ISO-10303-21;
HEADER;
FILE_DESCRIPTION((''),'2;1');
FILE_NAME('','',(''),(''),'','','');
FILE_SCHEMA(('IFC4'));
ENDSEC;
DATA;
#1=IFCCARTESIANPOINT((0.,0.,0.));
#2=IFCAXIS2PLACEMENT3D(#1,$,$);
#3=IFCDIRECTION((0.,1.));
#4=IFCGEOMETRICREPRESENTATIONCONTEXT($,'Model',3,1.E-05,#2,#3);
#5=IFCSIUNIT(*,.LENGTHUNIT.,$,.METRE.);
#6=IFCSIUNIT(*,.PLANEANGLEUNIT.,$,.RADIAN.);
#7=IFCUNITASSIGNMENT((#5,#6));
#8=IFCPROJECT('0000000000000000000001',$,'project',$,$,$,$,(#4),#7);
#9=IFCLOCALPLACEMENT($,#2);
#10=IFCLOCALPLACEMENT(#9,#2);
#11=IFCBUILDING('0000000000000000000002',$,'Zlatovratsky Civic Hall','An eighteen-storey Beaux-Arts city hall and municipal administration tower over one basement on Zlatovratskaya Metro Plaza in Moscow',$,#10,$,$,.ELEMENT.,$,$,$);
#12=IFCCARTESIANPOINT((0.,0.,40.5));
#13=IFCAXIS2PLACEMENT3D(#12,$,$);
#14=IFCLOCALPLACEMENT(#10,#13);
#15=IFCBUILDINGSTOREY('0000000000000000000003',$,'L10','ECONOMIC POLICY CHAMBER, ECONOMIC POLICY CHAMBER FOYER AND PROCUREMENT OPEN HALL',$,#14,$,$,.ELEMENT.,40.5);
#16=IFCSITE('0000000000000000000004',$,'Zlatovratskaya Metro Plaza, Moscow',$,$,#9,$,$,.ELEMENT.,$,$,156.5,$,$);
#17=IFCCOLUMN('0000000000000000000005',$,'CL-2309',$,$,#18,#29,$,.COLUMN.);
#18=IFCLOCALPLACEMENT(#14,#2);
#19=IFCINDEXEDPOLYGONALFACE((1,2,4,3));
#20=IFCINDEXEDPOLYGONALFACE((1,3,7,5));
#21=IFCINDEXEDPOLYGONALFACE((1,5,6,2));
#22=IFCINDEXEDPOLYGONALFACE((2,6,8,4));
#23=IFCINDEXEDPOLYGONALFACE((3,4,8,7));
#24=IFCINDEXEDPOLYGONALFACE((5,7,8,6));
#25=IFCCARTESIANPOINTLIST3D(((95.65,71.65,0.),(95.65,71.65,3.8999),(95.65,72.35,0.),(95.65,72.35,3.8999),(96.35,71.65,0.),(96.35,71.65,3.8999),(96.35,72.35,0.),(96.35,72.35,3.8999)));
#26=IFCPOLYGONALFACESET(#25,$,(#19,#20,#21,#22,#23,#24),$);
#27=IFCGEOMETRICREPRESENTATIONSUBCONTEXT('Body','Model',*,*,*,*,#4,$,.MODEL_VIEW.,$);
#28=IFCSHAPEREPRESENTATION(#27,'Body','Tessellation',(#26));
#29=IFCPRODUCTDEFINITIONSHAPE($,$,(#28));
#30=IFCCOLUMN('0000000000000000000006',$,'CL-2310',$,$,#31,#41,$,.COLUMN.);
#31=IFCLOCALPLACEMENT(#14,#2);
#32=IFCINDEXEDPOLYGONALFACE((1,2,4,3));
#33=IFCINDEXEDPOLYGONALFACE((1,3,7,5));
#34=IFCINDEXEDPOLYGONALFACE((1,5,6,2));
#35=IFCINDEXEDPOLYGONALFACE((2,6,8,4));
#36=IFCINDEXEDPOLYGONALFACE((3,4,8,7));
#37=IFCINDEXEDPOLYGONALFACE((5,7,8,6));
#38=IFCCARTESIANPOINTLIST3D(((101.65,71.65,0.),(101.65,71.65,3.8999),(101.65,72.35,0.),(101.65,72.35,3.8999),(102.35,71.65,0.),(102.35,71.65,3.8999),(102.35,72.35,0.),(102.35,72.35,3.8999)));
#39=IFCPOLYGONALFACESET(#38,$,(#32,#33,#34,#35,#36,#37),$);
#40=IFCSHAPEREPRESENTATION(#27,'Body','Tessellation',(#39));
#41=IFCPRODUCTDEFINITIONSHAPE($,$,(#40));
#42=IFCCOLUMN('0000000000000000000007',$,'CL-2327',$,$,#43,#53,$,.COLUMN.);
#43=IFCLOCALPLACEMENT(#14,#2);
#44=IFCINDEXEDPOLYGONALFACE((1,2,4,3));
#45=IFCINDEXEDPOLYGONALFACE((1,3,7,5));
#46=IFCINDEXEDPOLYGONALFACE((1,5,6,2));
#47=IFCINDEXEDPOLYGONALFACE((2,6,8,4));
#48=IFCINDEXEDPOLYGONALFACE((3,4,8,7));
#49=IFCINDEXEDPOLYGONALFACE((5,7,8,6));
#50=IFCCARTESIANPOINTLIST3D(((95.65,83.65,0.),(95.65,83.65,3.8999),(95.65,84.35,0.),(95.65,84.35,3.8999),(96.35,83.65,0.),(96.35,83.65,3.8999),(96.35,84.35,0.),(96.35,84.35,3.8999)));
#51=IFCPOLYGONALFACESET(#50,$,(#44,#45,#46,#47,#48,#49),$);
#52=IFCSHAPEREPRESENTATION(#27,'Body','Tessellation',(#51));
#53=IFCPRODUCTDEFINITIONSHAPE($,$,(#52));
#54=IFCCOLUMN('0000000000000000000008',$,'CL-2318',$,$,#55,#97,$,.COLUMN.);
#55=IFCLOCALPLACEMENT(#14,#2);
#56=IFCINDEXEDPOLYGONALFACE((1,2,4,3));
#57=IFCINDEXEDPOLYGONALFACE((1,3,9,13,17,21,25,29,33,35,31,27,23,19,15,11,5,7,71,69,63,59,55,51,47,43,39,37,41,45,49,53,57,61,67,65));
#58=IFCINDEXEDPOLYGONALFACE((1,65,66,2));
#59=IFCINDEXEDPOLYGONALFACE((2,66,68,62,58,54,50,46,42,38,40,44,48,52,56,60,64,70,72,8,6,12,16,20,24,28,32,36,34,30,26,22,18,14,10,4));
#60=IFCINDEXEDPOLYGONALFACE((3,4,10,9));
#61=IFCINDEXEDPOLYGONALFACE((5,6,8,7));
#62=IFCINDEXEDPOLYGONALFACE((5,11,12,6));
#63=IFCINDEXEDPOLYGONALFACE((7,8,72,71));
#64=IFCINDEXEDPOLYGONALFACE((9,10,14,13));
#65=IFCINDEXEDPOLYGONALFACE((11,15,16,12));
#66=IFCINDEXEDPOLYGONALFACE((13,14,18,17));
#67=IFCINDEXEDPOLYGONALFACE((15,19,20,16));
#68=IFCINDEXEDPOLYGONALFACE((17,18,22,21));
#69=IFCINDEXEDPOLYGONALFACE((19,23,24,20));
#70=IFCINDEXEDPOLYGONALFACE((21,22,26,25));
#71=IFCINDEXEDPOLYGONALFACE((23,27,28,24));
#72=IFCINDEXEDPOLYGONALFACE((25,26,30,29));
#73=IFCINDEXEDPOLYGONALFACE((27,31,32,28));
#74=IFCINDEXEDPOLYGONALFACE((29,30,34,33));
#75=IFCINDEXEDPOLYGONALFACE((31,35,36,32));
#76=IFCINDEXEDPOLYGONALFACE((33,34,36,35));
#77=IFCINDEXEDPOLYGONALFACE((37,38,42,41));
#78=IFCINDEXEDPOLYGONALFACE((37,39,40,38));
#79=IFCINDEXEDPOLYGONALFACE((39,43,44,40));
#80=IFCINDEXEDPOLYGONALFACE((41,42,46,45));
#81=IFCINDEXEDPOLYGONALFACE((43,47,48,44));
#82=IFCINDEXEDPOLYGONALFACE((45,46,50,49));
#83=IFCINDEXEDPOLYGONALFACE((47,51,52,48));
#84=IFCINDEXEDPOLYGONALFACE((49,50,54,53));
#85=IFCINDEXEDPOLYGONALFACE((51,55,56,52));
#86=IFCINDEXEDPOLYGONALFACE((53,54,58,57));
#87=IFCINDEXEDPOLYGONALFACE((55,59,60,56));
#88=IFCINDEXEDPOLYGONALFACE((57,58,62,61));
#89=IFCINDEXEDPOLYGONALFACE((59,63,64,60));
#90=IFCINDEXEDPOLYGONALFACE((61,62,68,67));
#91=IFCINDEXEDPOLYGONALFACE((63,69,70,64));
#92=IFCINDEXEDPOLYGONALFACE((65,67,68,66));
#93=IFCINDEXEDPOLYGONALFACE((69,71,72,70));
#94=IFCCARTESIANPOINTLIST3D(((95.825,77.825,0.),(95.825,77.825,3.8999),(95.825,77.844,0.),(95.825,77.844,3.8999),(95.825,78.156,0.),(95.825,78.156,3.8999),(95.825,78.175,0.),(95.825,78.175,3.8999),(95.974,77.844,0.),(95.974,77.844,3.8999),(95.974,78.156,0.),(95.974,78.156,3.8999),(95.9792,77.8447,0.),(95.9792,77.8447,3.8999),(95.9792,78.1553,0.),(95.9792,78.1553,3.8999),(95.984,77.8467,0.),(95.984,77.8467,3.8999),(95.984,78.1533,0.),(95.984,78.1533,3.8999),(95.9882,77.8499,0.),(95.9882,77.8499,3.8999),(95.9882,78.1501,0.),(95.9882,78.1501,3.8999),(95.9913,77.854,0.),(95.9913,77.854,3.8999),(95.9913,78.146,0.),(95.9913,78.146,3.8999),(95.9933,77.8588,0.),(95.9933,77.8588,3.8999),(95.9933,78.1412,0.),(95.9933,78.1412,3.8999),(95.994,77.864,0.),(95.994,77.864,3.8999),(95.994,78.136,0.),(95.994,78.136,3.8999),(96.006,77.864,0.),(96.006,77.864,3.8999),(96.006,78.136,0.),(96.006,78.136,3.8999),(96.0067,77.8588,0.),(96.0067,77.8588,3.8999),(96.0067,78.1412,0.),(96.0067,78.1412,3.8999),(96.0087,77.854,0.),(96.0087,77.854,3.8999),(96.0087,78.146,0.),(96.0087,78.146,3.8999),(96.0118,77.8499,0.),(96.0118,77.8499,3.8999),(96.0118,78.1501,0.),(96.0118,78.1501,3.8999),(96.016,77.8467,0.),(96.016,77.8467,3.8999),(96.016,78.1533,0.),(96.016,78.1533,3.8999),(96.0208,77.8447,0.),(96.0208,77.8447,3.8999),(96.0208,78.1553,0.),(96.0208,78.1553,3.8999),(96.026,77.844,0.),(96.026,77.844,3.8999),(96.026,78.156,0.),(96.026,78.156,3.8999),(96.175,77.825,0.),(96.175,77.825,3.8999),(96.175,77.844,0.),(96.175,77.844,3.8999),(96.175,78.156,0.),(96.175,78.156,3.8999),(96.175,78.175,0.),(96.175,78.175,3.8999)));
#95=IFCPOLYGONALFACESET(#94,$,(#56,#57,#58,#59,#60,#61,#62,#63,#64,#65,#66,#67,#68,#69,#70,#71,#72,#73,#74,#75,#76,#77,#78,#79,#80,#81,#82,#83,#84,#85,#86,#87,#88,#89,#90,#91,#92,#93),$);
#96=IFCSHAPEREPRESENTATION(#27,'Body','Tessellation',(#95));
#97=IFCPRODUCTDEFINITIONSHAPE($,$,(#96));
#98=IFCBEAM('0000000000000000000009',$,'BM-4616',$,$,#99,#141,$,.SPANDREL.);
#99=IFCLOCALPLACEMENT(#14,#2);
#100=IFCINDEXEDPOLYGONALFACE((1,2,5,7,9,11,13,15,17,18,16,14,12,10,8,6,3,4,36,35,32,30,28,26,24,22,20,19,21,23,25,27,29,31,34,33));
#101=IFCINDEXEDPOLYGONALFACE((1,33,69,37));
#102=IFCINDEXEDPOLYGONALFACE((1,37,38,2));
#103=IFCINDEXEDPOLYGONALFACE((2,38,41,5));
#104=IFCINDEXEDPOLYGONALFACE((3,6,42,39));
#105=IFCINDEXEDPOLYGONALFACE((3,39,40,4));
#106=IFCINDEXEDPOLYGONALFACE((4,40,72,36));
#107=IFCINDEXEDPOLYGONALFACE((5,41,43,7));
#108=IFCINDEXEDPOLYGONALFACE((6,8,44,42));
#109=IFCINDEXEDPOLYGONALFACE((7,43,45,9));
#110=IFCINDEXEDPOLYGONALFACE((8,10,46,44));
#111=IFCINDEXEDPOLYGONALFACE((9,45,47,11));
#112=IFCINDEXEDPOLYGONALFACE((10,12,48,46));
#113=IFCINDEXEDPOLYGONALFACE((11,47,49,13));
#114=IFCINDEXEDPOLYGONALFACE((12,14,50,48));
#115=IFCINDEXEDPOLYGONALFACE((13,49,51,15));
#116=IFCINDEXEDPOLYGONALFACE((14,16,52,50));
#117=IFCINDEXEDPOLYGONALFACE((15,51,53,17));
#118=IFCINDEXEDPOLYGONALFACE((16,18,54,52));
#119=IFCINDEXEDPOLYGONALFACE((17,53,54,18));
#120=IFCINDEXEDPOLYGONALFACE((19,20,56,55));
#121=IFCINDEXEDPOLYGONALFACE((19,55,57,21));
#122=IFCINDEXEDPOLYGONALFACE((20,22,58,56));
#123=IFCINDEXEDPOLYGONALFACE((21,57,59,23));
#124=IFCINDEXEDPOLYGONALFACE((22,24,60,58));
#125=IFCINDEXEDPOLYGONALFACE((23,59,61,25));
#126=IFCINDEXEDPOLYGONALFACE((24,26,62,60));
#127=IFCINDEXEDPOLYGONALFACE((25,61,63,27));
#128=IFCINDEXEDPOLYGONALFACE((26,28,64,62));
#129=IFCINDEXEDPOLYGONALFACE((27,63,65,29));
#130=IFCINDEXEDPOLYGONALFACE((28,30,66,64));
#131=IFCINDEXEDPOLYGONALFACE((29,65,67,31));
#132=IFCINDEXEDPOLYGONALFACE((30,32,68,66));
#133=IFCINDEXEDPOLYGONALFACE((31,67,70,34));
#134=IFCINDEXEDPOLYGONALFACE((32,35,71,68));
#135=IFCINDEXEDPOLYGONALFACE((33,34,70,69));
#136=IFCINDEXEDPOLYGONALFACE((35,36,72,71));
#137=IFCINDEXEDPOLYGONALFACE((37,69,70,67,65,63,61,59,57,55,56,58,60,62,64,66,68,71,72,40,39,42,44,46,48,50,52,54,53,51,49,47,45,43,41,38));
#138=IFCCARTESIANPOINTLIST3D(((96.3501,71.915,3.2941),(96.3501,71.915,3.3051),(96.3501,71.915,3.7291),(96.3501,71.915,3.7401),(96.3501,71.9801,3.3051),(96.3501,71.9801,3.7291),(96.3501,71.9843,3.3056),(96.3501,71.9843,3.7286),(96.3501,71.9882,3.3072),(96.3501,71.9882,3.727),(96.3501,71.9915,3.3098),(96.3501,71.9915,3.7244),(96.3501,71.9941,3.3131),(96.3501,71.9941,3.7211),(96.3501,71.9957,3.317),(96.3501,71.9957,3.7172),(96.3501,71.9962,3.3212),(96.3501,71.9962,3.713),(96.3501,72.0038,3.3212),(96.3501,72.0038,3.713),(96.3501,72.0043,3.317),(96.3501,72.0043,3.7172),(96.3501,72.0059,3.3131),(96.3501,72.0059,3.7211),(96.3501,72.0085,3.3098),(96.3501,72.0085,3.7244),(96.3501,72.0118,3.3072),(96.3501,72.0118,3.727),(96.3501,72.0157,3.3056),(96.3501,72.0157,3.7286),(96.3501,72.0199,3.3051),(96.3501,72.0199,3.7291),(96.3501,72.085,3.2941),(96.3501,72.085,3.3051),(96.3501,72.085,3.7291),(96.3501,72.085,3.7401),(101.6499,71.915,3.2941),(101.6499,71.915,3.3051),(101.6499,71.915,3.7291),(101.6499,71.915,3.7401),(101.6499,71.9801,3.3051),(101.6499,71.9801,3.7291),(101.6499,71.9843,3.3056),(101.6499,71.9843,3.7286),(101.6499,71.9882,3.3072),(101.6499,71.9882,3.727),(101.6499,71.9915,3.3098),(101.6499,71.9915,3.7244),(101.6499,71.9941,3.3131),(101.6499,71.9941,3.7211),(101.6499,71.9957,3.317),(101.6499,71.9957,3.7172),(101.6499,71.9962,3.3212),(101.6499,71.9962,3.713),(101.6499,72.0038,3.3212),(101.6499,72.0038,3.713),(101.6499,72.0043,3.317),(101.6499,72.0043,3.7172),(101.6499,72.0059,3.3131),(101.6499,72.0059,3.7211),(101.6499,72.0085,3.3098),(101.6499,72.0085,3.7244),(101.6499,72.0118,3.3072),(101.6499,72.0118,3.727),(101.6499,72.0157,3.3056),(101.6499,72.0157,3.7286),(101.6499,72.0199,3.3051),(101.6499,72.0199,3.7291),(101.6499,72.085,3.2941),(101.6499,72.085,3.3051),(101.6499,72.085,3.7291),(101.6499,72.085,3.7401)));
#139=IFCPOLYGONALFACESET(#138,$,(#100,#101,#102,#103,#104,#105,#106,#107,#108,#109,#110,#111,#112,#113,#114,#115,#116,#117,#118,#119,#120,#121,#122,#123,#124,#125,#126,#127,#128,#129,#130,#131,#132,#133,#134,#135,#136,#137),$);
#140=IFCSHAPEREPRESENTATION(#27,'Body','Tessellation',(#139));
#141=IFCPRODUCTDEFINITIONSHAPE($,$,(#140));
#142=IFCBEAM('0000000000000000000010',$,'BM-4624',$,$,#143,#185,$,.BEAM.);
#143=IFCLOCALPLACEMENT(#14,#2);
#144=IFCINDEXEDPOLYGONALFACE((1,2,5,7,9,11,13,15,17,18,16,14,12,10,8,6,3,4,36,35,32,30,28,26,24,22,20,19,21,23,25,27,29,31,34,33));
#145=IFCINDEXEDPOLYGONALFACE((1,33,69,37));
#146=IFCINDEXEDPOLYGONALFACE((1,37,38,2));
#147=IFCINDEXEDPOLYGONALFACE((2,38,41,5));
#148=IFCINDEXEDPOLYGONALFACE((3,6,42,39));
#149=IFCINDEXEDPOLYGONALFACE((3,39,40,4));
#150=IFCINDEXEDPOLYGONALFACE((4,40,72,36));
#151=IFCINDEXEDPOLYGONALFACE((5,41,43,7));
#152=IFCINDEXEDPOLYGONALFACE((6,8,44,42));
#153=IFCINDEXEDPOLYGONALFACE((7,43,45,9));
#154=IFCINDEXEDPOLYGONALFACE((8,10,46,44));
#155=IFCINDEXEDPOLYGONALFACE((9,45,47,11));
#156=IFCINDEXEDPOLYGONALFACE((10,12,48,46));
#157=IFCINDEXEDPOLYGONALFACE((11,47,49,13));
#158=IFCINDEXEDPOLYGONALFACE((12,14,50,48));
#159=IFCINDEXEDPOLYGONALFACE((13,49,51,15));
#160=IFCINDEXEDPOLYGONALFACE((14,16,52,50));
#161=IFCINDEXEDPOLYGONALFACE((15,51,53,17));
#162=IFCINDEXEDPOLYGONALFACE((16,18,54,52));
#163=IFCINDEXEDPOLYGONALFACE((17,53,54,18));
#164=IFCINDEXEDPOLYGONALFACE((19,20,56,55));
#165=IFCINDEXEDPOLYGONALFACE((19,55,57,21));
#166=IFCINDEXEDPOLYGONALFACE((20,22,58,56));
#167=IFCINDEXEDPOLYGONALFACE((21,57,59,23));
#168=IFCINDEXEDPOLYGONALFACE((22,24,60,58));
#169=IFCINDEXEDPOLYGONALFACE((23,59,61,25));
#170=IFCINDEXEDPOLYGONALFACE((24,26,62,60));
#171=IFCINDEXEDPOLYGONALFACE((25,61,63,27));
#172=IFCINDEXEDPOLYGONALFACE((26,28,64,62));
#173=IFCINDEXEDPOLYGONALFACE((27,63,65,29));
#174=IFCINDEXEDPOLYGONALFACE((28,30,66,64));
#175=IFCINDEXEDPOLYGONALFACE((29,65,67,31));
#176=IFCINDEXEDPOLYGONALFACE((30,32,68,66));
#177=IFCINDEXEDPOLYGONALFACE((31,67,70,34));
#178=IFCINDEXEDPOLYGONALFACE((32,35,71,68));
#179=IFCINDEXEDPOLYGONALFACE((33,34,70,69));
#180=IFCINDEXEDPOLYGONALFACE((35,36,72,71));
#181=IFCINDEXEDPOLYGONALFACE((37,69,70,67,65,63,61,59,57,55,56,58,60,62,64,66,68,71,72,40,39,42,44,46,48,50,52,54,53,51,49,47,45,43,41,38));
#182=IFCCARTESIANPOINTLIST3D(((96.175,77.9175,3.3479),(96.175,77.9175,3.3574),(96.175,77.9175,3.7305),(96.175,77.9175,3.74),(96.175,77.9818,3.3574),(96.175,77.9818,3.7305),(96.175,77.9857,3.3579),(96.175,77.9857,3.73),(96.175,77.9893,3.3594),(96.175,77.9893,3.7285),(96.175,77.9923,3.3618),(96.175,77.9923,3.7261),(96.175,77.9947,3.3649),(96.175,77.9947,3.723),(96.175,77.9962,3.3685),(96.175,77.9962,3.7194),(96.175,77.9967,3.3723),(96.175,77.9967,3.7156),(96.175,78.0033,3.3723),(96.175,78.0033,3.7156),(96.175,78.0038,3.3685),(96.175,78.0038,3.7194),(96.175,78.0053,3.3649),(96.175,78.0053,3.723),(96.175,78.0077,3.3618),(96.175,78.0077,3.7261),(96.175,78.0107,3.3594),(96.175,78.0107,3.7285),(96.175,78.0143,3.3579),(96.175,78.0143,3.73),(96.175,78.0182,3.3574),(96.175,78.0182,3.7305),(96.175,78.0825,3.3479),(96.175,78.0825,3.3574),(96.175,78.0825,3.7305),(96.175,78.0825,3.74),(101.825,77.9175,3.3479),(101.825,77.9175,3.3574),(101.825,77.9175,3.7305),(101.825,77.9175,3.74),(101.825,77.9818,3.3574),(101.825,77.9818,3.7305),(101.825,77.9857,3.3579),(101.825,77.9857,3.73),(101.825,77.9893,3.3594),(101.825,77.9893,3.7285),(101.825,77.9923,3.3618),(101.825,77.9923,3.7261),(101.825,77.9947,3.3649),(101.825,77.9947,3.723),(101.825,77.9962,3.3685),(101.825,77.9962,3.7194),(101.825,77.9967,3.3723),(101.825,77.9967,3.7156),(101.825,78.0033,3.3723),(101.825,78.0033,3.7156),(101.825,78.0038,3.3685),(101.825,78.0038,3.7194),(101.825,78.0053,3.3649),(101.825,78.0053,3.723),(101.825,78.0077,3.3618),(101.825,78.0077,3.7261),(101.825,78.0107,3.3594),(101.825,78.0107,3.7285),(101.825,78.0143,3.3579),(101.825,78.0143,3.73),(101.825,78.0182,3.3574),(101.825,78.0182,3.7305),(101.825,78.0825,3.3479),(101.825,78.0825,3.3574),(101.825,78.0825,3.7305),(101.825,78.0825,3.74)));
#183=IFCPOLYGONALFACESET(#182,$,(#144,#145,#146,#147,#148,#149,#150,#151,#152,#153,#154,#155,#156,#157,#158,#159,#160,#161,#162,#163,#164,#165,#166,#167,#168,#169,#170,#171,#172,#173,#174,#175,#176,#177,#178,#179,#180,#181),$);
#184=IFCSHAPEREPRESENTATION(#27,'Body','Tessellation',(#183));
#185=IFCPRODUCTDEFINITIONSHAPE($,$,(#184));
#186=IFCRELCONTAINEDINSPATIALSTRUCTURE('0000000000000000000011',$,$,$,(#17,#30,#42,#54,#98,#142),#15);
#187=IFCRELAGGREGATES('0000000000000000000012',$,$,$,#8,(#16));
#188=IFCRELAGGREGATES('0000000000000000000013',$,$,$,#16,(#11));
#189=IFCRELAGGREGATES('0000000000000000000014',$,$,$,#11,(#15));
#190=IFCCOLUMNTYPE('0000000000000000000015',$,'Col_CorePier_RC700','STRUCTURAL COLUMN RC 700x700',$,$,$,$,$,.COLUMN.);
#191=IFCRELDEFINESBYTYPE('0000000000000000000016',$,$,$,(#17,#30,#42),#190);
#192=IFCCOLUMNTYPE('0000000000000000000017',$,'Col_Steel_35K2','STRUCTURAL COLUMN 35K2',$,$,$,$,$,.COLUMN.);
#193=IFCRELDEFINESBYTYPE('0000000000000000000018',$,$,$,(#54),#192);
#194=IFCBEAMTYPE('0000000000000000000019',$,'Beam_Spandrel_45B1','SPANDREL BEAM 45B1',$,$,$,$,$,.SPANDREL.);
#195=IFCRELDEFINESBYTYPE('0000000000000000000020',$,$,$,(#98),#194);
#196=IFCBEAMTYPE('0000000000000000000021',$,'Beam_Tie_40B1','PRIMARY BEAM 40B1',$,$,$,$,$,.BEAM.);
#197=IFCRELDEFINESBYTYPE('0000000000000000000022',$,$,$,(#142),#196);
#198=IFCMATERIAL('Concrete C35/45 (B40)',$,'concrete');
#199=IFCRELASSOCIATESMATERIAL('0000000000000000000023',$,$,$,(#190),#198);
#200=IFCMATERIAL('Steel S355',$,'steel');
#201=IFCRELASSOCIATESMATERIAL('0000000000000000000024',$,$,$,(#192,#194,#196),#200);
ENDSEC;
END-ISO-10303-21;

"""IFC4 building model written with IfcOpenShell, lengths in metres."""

from ifc_helpers import new_model, si_unit, direction, frame, origin, origin_2d, place, context, subcontext, project, spatial, rectangle, i_section, extrude, material, material_profile, profile_set, type_object, element, save


model = new_model("IFC4")

# Units and contexts
model_context = context("Model", 3, precision=1e-05, world=origin(), true_north=direction((0.0, 1.0)))
body_context = subcontext(model_context, "Body", "Model", "MODEL_VIEW")
ifc_project = project(units=[si_unit("LENGTHUNIT", "METRE"), si_unit("PLANEANGLEUNIT", "RADIAN")], contexts=[model_context])

# Site, building, storey
site_placement = place(None, origin())
site = spatial("IfcSite", under=ifc_project, at=site_placement, Name="Zlatovratskaya Metro Plaza, Moscow", CompositionType="ELEMENT", RefElevation=156.5)
building_placement = place(site_placement, origin())
building = spatial("IfcBuilding", under=site, at=building_placement, Name="Zlatovratsky Civic Hall", Description="An eighteen-storey Beaux-Arts city hall and municipal administration tower over one basement on Zlatovratskaya Metro Plaza in Moscow", CompositionType="ELEMENT")
storey_placement = place(building_placement, frame((0.0, 0.0, 40.5)))
storey = spatial("IfcBuildingStorey", under=building, at=storey_placement, Name="L10", Description="ECONOMIC POLICY CHAMBER, ECONOMIC POLICY CHAMBER FOYER AND PROCUREMENT OPEN HALL", CompositionType="ELEMENT", Elevation=40.5)

# Columns
ifc_material_1 = material(Name="Concrete C35/45 (B40)", Category="concrete")
ifc_material_profile_1 = material_profile(ifc_material_1, rectangle(XDim=0.7, YDim=0.7, at=origin_2d()), Name="RC 700x700")
ifc_profile_set_1 = profile_set([ifc_material_profile_1], Name="Concrete C35/45 (B40)")
column_type_1 = type_object("IfcColumnType", Name="Col_CorePier_RC700", Description="STRUCTURAL COLUMN RC 700x700", PredefinedType="COLUMN", material=ifc_profile_set_1)
for number, where, z_axis, x_axis, name in (
    (1, (96.0, 72.0, 0.0), (0.0, 0.0, 1.0), (1.0, 0.0, 0.0), "CL-2309"),
    (2, (102.0, 72.0, 0.0), (0.0, 0.0, 1.0), (1.0, 0.0, 0.0), "CL-2310"),
    (3, (96.0, 84.0, 0.0), (0.0, 0.0, 1.0), (1.0, 0.0, 0.0), "CL-2327"),
):
    element("IfcColumn", number, at=place(storey_placement, frame(where, z_axis=z_axis, x_axis=x_axis)), inside=storey, type_object=column_type_1, Name=name, PredefinedType="COLUMN", context=body_context, shape_type="SweptSolid", body=[
        extrude(rectangle(XDim=0.7, YDim=0.7, at=origin_2d()), origin(), (0.0, 0.0, 1.0), 3.8999),
    ])
ifc_material_2 = material(Name="Steel S355", Category="steel")
ifc_material_profile_2 = material_profile(ifc_material_2, i_section(OverallWidth=0.3501, OverallDepth=0.3501, WebThickness=0.012, FlangeThickness=0.019, FilletRadius=0.02, at=origin_2d()), Name="35K2")
ifc_profile_set_2 = profile_set([ifc_material_profile_2], Name="Steel S355")
column_type_2 = type_object("IfcColumnType", Name="Col_Steel_35K2", Description="STRUCTURAL COLUMN 35K2", PredefinedType="COLUMN", material=ifc_profile_set_2)
column_placement = place(storey_placement, frame((96.0, 78.0, 0.0), z_axis=(0.0, 0.0, 1.0), x_axis=(1.0, 0.0, 0.0)))
element("IfcColumn", 4, at=column_placement, inside=storey, type_object=column_type_2, Name="CL-2318", PredefinedType="COLUMN", context=body_context, shape_type="SweptSolid", body=[
    extrude(i_section(OverallWidth=0.3501, OverallDepth=0.3501, WebThickness=0.012, FlangeThickness=0.019, FilletRadius=0.02, at=origin_2d()), origin(), (0.0, 0.0, 1.0), 3.8999),
])

# Beams
ifc_material_profile_3 = material_profile(ifc_material_2, i_section(OverallWidth=0.1699, OverallDepth=0.446, WebThickness=0.0076, FlangeThickness=0.011, FilletRadius=0.0161, at=origin_2d()), Name="45B1")
ifc_profile_set_3 = profile_set([ifc_material_profile_3], Name="Steel S355")
beam_type_1 = type_object("IfcBeamType", Name="Beam_Spandrel_45B1", Description="SPANDREL BEAM 45B1", PredefinedType="SPANDREL", material=ifc_profile_set_3)
beam_1_placement = place(storey_placement, frame((96.3501, 72.0, 3.5171), z_axis=(1.0, 0.0, 0.0), x_axis=(0.0, 1.0, 0.0)))
element("IfcBeam", 5, at=beam_1_placement, inside=storey, type_object=beam_type_1, Name="BM-4616", PredefinedType="SPANDREL", context=body_context, shape_type="SweptSolid", body=[
    extrude(i_section(OverallWidth=0.1699, OverallDepth=0.446, WebThickness=0.0076, FlangeThickness=0.011, FilletRadius=0.0161, at=origin_2d()), origin(), (0.0, 0.0, 1.0), 5.2998),
])
ifc_material_profile_4 = material_profile(ifc_material_2, i_section(OverallWidth=0.165, OverallDepth=0.3921, WebThickness=0.0066, FlangeThickness=0.0095, FilletRadius=0.0149, at=origin_2d()), Name="40B1")
ifc_profile_set_4 = profile_set([ifc_material_profile_4], Name="Steel S355")
beam_type_2 = type_object("IfcBeamType", Name="Beam_Tie_40B1", Description="PRIMARY BEAM 40B1", PredefinedType="BEAM", material=ifc_profile_set_4)
beam_2_placement = place(storey_placement, frame((96.175, 78.0, 3.5439), z_axis=(1.0, 0.0, 0.0), x_axis=(0.0, 1.0, 0.0)))
element("IfcBeam", 6, at=beam_2_placement, inside=storey, type_object=beam_type_2, Name="BM-4624", PredefinedType="BEAM", context=body_context, shape_type="SweptSolid", body=[
    extrude(i_section(OverallWidth=0.165, OverallDepth=0.3921, WebThickness=0.0066, FlangeThickness=0.0095, FilletRadius=0.0149, at=origin_2d()), origin(), (0.0, 0.0, 1.0), 5.6499),
])

save(model, "model.ifc")
